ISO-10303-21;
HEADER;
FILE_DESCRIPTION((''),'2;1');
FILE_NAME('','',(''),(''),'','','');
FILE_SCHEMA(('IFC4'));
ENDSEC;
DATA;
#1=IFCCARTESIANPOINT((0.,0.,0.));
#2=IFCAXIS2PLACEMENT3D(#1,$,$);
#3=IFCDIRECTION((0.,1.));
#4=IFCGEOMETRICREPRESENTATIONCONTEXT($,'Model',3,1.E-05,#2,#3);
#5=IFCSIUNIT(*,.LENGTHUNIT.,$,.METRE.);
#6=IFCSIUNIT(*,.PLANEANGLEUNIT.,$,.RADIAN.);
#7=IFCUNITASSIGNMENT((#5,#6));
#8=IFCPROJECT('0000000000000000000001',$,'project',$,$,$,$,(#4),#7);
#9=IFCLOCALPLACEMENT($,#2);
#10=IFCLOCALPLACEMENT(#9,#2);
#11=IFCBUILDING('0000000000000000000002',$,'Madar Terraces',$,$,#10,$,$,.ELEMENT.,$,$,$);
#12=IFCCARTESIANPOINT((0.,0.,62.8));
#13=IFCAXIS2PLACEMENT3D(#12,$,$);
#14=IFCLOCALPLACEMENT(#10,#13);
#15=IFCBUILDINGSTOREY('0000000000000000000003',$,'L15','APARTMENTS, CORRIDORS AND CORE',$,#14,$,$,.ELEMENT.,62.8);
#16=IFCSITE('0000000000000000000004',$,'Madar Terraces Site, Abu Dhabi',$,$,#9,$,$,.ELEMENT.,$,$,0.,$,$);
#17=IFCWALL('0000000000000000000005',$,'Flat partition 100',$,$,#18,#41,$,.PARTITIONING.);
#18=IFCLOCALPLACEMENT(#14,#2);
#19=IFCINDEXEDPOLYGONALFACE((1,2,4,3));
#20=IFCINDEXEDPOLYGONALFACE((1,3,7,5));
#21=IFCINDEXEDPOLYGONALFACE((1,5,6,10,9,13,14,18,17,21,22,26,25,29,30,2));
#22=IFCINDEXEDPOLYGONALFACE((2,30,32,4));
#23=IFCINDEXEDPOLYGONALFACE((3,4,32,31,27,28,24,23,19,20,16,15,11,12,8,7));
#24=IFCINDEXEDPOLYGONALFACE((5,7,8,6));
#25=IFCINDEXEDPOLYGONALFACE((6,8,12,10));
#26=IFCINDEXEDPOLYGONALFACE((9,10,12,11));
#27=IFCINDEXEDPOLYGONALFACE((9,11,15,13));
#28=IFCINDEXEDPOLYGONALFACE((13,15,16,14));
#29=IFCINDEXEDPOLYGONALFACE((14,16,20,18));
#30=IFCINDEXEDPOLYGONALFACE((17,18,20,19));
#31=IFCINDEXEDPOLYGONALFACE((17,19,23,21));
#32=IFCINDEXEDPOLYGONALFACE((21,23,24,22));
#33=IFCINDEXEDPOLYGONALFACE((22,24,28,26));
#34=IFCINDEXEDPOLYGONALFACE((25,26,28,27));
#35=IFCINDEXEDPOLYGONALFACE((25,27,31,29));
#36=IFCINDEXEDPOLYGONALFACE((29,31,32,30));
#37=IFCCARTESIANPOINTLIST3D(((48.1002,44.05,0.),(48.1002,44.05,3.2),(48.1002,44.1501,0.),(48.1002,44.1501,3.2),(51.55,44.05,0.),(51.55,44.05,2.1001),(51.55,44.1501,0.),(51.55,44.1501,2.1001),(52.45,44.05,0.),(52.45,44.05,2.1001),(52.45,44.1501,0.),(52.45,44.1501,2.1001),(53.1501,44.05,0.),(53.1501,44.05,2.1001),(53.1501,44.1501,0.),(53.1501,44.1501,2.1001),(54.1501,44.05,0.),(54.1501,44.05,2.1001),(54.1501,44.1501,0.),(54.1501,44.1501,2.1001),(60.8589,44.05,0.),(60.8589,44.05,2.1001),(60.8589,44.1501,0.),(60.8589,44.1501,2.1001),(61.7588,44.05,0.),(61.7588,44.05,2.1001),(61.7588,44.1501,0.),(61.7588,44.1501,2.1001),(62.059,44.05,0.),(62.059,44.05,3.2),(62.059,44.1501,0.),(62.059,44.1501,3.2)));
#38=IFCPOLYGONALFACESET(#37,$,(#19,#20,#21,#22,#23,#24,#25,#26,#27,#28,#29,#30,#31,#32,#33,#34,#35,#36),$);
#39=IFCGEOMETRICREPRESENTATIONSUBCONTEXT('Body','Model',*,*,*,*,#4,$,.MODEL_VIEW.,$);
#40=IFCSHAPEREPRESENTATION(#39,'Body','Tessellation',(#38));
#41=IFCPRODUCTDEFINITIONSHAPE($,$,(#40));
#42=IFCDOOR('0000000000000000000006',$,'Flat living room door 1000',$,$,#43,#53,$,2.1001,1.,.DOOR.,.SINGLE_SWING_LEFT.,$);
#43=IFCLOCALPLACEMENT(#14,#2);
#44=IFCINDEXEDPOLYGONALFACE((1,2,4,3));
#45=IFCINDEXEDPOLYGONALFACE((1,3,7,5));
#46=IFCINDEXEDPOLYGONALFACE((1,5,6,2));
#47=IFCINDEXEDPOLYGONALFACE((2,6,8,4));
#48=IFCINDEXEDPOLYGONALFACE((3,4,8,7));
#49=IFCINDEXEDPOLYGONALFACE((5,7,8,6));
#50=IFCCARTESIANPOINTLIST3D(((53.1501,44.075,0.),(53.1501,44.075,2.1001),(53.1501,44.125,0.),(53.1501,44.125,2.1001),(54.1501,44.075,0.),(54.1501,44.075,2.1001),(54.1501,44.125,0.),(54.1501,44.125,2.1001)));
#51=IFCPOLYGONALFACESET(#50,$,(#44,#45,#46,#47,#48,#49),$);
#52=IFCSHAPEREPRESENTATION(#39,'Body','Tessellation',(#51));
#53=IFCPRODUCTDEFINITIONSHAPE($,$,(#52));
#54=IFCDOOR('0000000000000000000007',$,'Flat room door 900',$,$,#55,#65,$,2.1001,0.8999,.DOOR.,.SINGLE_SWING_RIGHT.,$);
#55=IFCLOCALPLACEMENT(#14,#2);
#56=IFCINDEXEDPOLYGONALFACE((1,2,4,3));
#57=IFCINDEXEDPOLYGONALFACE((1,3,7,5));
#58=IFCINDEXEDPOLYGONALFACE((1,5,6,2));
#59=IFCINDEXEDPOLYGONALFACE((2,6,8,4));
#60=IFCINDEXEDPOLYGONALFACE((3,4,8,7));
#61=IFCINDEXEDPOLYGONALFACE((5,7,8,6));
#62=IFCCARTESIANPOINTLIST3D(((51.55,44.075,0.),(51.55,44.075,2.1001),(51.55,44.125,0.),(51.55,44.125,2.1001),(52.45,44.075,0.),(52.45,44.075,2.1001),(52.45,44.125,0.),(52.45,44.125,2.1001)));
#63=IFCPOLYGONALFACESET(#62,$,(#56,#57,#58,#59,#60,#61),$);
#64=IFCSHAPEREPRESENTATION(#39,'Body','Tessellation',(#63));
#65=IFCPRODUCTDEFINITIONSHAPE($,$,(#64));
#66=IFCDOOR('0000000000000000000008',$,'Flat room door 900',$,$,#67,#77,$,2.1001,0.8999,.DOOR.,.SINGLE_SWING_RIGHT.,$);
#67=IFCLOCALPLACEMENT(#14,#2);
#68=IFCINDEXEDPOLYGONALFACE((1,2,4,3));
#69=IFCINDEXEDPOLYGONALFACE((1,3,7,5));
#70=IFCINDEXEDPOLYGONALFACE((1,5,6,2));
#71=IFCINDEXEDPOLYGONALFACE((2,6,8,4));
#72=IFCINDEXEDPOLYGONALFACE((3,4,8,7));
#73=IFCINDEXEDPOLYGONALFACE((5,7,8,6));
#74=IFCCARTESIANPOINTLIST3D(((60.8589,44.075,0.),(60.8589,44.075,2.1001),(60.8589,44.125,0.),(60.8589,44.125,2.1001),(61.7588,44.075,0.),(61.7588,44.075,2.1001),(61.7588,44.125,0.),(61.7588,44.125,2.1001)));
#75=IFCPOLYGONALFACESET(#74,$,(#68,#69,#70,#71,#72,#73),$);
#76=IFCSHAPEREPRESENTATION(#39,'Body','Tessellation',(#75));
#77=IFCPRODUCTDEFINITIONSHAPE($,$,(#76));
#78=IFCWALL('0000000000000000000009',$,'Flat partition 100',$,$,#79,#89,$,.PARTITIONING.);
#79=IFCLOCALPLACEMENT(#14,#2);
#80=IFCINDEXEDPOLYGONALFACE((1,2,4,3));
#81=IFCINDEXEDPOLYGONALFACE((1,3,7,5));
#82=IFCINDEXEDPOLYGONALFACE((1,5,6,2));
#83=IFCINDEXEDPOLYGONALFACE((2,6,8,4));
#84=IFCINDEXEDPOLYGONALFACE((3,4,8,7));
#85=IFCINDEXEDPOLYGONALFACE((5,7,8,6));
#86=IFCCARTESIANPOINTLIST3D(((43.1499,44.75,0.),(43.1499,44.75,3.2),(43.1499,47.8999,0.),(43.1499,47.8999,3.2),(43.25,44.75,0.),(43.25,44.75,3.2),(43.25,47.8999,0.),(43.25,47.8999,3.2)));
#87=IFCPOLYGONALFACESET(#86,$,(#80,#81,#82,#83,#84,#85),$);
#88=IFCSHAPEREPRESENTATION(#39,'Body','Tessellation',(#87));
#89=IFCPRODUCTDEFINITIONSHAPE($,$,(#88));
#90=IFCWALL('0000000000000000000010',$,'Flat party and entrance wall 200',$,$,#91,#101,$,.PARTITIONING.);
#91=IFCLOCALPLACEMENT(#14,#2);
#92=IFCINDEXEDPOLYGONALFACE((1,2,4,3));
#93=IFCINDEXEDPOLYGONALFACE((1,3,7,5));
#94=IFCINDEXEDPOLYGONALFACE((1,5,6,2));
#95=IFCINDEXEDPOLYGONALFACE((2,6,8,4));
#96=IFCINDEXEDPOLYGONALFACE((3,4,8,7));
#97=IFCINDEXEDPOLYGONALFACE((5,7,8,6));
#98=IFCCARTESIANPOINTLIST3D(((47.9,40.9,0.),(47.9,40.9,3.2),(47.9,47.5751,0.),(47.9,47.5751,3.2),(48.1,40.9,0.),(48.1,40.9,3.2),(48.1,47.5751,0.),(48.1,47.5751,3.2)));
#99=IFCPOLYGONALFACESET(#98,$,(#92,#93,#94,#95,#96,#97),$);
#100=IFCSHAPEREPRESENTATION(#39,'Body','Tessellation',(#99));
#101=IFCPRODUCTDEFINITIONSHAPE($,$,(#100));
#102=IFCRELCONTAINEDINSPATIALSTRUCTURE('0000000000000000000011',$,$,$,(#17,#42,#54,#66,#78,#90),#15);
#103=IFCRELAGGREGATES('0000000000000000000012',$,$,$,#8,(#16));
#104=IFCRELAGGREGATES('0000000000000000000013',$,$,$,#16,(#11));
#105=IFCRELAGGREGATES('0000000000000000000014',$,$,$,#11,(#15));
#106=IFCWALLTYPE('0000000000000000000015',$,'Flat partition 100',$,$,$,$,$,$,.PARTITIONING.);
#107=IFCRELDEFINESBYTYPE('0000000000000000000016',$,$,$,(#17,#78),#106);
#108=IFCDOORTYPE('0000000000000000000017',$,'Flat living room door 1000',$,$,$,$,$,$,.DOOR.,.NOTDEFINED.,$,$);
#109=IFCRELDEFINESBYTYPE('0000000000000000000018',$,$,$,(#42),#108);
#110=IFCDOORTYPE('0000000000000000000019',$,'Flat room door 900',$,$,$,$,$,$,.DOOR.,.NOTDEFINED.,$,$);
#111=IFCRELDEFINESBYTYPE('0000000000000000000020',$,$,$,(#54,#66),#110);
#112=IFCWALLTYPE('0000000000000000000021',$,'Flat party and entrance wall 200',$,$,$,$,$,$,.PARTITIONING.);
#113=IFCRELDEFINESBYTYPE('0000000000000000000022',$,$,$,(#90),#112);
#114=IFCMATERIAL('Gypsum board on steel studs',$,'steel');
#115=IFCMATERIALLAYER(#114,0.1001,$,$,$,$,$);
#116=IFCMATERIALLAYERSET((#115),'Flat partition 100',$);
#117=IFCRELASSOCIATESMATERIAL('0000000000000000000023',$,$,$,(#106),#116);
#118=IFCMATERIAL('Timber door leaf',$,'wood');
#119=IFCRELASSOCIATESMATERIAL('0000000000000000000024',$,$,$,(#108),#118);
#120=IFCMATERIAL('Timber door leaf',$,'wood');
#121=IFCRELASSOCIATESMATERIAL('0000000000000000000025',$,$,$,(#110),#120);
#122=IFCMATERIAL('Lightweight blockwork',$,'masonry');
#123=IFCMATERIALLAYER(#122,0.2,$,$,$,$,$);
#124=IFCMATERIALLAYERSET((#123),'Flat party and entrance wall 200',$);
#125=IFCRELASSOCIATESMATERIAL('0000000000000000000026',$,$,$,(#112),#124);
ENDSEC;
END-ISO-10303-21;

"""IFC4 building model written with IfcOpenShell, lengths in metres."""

from ifc_helpers import new_model, si_unit, direction, frame, frame_2d, origin, place, context, subcontext, project, spatial, rectangle, extrude, material, layer, layer_set, type_object, element, fill, save


model = new_model("IFC4")

# Units and contexts
model_context = context("Model", 3, precision=1e-05, world=origin(), true_north=direction((0.0, 1.0)))
body_context = subcontext(model_context, "Body", "Model", "MODEL_VIEW")
ifc_project = project(units=[si_unit("LENGTHUNIT", "METRE"), si_unit("PLANEANGLEUNIT", "RADIAN")], contexts=[model_context])

# Site, building, storey
site_placement = place(None, origin())
site = spatial("IfcSite", under=ifc_project, at=site_placement, Name="Madar Terraces Site, Abu Dhabi", CompositionType="ELEMENT", RefElevation=0.0)
building_placement = place(site_placement, origin())
building = spatial("IfcBuilding", under=site, at=building_placement, Name="Madar Terraces", CompositionType="ELEMENT")
storey_placement = place(building_placement, frame((0.0, 0.0, 62.8)))
storey = spatial("IfcBuildingStorey", under=building, at=storey_placement, Name="L15", Description="APARTMENTS, CORRIDORS AND CORE", CompositionType="ELEMENT", Elevation=62.8)

# Wall, openings, doors
ifc_material_1 = material(Name="Gypsum board on steel studs", Category="steel")
ifc_layer_1 = layer(ifc_material_1, 0.1001)
ifc_layer_set_1 = layer_set([ifc_layer_1], Name="Flat partition 100")
wall_type_1 = type_object("IfcWallType", Name="Flat partition 100", PredefinedType="PARTITIONING", material=ifc_layer_set_1)
wall_1_placement = place(storey_placement, frame((48.1001, 44.1001, 0.0), z_axis=(0.0, 0.0, 1.0), x_axis=(1.0, 0.0, 0.0)))
wall_1 = element("IfcWall", 1, at=wall_1_placement, inside=storey, type_object=wall_type_1, Name="Flat partition 100", PredefinedType="PARTITIONING", context=body_context, shape_type="SweptSolid", body=[
    extrude(rectangle(XDim=13.9587, YDim=0.1001, at=frame_2d((6.9795, 0.0))), origin(), (0.0, 0.0, 1.0), 3.2),
])
opening_1_placement = place(wall_1_placement, frame((3.45, 0.0, 0.0)))
opening_1 = element("IfcOpeningElement", 2, at=opening_1_placement, cuts=wall_1, PredefinedType="OPENING", context=body_context, shape_type="SweptSolid", body=[
    extrude(rectangle(XDim=0.8999, YDim=2.1001, at=frame_2d((0.45, 1.05))), frame((0.0, 0.0601, 0.0), z_axis=(0.0, -1.0, 0.0), x_axis=(1.0, 0.0, 0.0)), (0.0, 0.0, 1.0), 0.1201),
])
opening_2_placement = place(wall_1_placement, frame((5.05, 0.0, 0.0)))
opening_2 = element("IfcOpeningElement", 3, at=opening_2_placement, cuts=wall_1, PredefinedType="OPENING", context=body_context, shape_type="SweptSolid", body=[
    extrude(rectangle(XDim=1.0, YDim=2.1001, at=frame_2d((0.5, 1.05))), frame((0.0, 0.0601, 0.0), z_axis=(0.0, -1.0, 0.0), x_axis=(1.0, 0.0, 0.0)), (0.0, 0.0, 1.0), 0.1201),
])
opening_3_placement = place(wall_1_placement, frame((12.7588, 0.0, 0.0)))
opening_3 = element("IfcOpeningElement", 4, at=opening_3_placement, cuts=wall_1, PredefinedType="OPENING", context=body_context, shape_type="SweptSolid", body=[
    extrude(rectangle(XDim=0.8999, YDim=2.1001, at=frame_2d((0.45, 1.05))), frame((0.0, 0.0601, 0.0), z_axis=(0.0, -1.0, 0.0), x_axis=(1.0, 0.0, 0.0)), (0.0, 0.0, 1.0), 0.1201),
])
ifc_material_2 = material(Name="Timber door leaf", Category="wood")
door_type_1 = type_object("IfcDoorType", Name="Flat living room door 1000", OperationType="NOTDEFINED", PredefinedType="DOOR", material=ifc_material_2)
door_1_placement = place(opening_2_placement, origin())
door_1 = element("IfcDoor", 5, at=door_1_placement, inside=storey, type_object=door_type_1, Name="Flat living room door 1000", OperationType="SINGLE_SWING_LEFT", OverallHeight=2.1001, OverallWidth=1.0, PredefinedType="DOOR", context=body_context, shape_type="SweptSolid", body=[
    extrude(rectangle(XDim=1.0, YDim=2.1001, at=frame_2d((0.5, 1.05))), frame((0.0, 0.0249, 0.0), z_axis=(0.0, -1.0, 0.0), x_axis=(1.0, 0.0, 0.0)), (0.0, 0.0, 1.0), 0.05),
])
fill(opening_2, door_1)
ifc_material_3 = material(Name="Timber door leaf", Category="wood")
door_type_2 = type_object("IfcDoorType", Name="Flat room door 900", OperationType="NOTDEFINED", PredefinedType="DOOR", material=ifc_material_3)
door_2_placement = place(opening_1_placement, origin())
door_2 = element("IfcDoor", 6, at=door_2_placement, inside=storey, type_object=door_type_2, Name="Flat room door 900", OperationType="SINGLE_SWING_RIGHT", OverallHeight=2.1001, OverallWidth=0.8999, PredefinedType="DOOR", context=body_context, shape_type="SweptSolid", body=[
    extrude(rectangle(XDim=0.8999, YDim=2.1001, at=frame_2d((0.45, 1.05))), frame((0.0, 0.0249, 0.0), z_axis=(0.0, -1.0, 0.0), x_axis=(1.0, 0.0, 0.0)), (0.0, 0.0, 1.0), 0.05),
])
fill(opening_1, door_2)
door_3_placement = place(opening_3_placement, origin())
door_3 = element("IfcDoor", 7, at=door_3_placement, inside=storey, type_object=door_type_2, Name="Flat room door 900", OperationType="SINGLE_SWING_RIGHT", OverallHeight=2.1001, OverallWidth=0.8999, PredefinedType="DOOR", context=body_context, shape_type="SweptSolid", body=[
    extrude(rectangle(XDim=0.8999, YDim=2.1001, at=frame_2d((0.45, 1.05))), frame((0.0, 0.0249, 0.0), z_axis=(0.0, -1.0, 0.0), x_axis=(1.0, 0.0, 0.0)), (0.0, 0.0, 1.0), 0.05),
])
fill(opening_3, door_3)

# Walls
wall_2_placement = place(storey_placement, frame((43.2, 44.75, 0.0), z_axis=(0.0, 0.0, 1.0), x_axis=(0.0, 1.0, 0.0)))
element("IfcWall", 8, at=wall_2_placement, inside=storey, type_object=wall_type_1, Name="Flat partition 100", PredefinedType="PARTITIONING", context=body_context, shape_type="SweptSolid", body=[
    extrude(rectangle(XDim=3.1499, YDim=0.1001, at=frame_2d((1.575, 0.0))), origin(), (0.0, 0.0, 1.0), 3.2),
])
ifc_material_4 = material(Name="Lightweight blockwork", Category="masonry")
ifc_layer_2 = layer(ifc_material_4, 0.2)
ifc_layer_set_2 = layer_set([ifc_layer_2], Name="Flat party and entrance wall 200")
wall_type_2 = type_object("IfcWallType", Name="Flat party and entrance wall 200", PredefinedType="PARTITIONING", material=ifc_layer_set_2)
wall_3_placement = place(storey_placement, frame((48.0, 47.575, 0.0), z_axis=(0.0, 0.0, 1.0), x_axis=(0.0, -1.0, 0.0)))
element("IfcWall", 9, at=wall_3_placement, inside=storey, type_object=wall_type_2, Name="Flat party and entrance wall 200", PredefinedType="PARTITIONING", context=body_context, shape_type="SweptSolid", body=[
    extrude(rectangle(XDim=6.675, YDim=0.2, at=frame_2d((3.3374, 0.0))), origin(), (0.0, 0.0, 1.0), 3.2),
])

save(model, "model.ifc")
